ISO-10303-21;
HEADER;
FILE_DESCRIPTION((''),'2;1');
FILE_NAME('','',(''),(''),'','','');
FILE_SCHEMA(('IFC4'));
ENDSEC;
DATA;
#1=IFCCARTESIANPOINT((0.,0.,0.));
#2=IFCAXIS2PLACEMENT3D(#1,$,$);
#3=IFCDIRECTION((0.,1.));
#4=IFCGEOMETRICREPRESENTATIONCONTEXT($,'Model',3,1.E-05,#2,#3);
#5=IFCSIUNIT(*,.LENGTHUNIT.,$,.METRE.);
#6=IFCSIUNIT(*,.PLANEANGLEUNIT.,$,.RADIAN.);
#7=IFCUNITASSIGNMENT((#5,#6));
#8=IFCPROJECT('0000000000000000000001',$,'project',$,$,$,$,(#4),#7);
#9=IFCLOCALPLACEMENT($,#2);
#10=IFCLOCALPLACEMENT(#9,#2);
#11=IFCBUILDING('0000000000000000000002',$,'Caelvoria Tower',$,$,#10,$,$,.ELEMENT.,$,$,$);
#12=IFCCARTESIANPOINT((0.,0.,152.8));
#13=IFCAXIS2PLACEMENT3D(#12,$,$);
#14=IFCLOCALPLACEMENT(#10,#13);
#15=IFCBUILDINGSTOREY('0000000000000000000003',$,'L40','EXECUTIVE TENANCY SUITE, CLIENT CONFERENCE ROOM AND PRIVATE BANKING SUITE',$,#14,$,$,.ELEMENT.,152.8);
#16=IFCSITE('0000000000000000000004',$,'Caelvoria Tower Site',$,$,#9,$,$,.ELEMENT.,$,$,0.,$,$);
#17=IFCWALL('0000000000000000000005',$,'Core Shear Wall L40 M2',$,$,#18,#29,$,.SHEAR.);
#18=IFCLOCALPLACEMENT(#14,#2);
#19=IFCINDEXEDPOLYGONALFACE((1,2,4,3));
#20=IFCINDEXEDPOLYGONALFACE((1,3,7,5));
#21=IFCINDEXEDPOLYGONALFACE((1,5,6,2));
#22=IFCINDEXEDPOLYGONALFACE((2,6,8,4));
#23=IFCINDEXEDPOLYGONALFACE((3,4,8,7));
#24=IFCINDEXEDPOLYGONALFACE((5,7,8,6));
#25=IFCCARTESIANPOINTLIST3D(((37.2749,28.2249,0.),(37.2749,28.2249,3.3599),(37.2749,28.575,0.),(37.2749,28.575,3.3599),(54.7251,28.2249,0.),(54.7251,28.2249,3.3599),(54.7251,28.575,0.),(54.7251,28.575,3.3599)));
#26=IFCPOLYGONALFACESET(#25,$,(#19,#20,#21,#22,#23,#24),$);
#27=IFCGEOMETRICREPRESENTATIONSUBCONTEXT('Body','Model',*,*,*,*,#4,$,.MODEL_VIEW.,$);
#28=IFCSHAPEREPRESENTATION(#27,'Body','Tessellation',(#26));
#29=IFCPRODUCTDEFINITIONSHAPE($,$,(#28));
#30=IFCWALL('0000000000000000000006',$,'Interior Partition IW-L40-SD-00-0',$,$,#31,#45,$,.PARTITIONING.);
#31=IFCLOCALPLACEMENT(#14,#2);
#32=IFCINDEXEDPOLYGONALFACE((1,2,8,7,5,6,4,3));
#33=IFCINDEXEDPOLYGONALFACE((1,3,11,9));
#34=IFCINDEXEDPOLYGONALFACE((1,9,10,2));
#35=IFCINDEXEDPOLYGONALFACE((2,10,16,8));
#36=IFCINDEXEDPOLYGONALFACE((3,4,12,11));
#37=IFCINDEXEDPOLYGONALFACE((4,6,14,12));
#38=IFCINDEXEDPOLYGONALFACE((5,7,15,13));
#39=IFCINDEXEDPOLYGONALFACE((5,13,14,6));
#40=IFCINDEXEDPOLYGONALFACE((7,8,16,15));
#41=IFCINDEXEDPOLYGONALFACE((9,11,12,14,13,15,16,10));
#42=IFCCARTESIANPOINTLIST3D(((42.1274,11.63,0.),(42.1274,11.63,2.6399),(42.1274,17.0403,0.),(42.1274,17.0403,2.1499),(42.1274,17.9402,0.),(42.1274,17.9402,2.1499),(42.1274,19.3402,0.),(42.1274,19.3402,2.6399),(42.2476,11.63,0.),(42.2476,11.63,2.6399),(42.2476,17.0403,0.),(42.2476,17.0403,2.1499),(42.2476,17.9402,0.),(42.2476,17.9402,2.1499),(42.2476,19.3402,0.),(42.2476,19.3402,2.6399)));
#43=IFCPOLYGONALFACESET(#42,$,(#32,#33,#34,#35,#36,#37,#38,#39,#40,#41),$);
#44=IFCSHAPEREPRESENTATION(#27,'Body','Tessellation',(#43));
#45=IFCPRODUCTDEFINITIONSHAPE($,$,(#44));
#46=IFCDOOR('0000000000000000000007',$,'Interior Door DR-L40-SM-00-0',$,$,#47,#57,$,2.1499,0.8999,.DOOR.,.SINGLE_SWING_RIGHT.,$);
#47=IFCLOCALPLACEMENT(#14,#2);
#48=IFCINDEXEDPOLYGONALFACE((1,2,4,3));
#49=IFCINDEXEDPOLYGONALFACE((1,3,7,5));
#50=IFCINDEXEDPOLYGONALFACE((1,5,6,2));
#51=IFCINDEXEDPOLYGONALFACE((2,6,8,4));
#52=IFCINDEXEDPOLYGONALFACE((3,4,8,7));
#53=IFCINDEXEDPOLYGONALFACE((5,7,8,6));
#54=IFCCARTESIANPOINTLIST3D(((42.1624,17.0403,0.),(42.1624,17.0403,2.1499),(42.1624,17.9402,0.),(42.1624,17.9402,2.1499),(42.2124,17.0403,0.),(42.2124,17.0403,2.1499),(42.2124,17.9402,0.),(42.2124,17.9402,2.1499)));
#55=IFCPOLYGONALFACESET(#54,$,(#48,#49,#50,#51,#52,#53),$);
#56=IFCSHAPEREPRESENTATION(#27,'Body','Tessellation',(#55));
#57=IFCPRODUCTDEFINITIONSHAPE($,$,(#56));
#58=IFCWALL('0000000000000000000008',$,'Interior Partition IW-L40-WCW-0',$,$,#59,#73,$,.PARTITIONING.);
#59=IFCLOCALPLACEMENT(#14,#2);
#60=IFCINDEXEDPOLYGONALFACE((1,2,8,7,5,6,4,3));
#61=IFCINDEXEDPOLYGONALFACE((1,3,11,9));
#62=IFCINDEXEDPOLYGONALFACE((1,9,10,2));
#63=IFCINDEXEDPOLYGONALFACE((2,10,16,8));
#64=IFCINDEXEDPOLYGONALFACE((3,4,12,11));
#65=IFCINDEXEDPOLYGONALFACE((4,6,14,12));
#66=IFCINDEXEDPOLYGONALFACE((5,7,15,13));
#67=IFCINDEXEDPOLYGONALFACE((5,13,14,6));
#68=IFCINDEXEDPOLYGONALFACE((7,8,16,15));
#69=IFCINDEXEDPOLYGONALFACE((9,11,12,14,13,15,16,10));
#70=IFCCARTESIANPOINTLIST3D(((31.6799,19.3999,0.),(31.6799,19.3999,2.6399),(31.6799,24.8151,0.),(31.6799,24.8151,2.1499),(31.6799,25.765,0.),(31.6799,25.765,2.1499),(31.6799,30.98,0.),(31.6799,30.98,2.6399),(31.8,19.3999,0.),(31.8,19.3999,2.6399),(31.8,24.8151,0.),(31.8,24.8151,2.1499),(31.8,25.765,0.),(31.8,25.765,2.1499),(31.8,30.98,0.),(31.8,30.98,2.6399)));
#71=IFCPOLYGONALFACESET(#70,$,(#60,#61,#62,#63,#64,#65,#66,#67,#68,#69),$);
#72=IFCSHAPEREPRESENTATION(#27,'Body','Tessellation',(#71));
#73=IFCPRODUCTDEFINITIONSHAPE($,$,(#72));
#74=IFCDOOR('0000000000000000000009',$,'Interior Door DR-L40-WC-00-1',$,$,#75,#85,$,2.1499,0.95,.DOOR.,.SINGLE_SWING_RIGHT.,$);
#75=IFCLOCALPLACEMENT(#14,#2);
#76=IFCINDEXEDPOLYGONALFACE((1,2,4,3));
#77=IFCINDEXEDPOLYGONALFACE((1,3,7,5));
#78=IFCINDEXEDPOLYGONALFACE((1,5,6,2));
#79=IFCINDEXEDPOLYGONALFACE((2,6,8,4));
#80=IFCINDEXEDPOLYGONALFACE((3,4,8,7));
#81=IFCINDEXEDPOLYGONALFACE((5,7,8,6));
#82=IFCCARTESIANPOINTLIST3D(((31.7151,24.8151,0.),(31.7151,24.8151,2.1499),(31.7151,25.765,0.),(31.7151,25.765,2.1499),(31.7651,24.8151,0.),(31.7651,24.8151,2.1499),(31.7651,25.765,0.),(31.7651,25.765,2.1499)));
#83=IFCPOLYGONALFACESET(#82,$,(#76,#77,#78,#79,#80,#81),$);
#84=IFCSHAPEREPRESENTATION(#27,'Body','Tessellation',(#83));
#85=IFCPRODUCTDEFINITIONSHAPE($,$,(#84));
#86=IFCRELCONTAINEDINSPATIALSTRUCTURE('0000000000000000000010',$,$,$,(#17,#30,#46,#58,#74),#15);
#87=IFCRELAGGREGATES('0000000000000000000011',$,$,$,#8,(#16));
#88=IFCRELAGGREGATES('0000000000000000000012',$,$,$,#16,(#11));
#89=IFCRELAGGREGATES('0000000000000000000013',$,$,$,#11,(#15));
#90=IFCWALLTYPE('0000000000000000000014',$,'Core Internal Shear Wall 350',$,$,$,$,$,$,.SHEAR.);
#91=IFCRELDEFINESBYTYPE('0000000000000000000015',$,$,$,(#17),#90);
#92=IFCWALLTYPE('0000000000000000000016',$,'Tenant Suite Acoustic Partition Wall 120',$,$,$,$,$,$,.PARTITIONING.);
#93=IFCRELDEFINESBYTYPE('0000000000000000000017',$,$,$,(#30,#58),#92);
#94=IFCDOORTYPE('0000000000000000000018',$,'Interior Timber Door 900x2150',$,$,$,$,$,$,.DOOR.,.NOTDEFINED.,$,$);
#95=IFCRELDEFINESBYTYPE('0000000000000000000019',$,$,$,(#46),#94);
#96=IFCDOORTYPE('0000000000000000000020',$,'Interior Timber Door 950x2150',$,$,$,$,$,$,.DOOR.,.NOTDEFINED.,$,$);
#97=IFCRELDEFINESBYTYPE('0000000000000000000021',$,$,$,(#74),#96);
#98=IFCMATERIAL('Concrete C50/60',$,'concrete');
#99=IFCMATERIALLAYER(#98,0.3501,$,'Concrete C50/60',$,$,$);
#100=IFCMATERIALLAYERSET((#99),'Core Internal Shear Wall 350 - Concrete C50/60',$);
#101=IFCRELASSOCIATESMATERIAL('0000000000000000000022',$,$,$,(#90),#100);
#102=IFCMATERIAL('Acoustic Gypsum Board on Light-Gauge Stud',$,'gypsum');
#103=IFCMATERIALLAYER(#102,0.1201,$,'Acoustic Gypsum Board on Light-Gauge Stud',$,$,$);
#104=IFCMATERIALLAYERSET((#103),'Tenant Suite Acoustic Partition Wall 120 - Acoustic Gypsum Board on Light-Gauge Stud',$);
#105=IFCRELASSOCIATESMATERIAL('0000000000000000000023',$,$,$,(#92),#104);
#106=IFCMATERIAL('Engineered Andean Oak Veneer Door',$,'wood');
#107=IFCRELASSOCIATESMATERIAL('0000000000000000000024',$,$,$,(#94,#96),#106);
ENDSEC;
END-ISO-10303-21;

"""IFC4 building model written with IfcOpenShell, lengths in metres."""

from ifc_helpers import new_model, si_unit, direction, frame, frame_2d, origin, place, context, subcontext, project, spatial, rectangle, extrude, material, layer, layer_set, type_object, element, fill, save


model = new_model("IFC4")

# Units and contexts
model_context = context("Model", 3, precision=1e-05, world=origin(), true_north=direction((0.0, 1.0)))
body_context = subcontext(model_context, "Body", "Model", "MODEL_VIEW")
ifc_project = project(units=[si_unit("LENGTHUNIT", "METRE"), si_unit("PLANEANGLEUNIT", "RADIAN")], contexts=[model_context])

# Site, building, storey
site_placement = place(None, origin())
site = spatial("IfcSite", under=ifc_project, at=site_placement, Name="Caelvoria Tower Site", CompositionType="ELEMENT", RefElevation=0.0)
building_placement = place(site_placement, origin())
building = spatial("IfcBuilding", under=site, at=building_placement, Name="Caelvoria Tower", CompositionType="ELEMENT")
storey_placement = place(building_placement, frame((0.0, 0.0, 152.8)))
storey = spatial("IfcBuildingStorey", under=building, at=storey_placement, Name="L40", Description="EXECUTIVE TENANCY SUITE, CLIENT CONFERENCE ROOM AND PRIVATE BANKING SUITE", CompositionType="ELEMENT", Elevation=152.8)

# Shared definitions
ifc_material_1 = material(Name="Concrete C50/60", Category="concrete")
ifc_layer_1 = layer(ifc_material_1, 0.3501, Name="Concrete C50/60")
ifc_layer_set_1 = layer_set([ifc_layer_1], Name="Core Internal Shear Wall 350 - Concrete C50/60")
wall_type_1 = type_object("IfcWallType", Name="Core Internal Shear Wall 350", PredefinedType="SHEAR", material=ifc_layer_set_1)

# Wall
wall_1_placement = place(storey_placement, frame((37.2749, 28.3999, 0.0), z_axis=(0.0, 0.0, 1.0), x_axis=(1.0, 0.0, 0.0)))
element("IfcWall", 1, at=wall_1_placement, inside=storey, type_object=wall_type_1, Name="Core Shear Wall L40 M2", PredefinedType="SHEAR", context=body_context, shape_type="SweptSolid", body=[
    extrude(rectangle(XDim=17.4502, YDim=0.3501, at=frame_2d((8.7251, 0.0))), origin(), (0.0, 0.0, 1.0), 3.3599),
])

# Walls, openings, doors
ifc_material_2 = material(Name="Acoustic Gypsum Board on Light-Gauge Stud", Category="gypsum")
ifc_layer_2 = layer(ifc_material_2, 0.1201, Name="Acoustic Gypsum Board on Light-Gauge Stud")
ifc_layer_set_2 = layer_set([ifc_layer_2], Name="Tenant Suite Acoustic Partition Wall 120 - Acoustic Gypsum Board on Light-Gauge Stud")
wall_type_2 = type_object("IfcWallType", Name="Tenant Suite Acoustic Partition Wall 120", PredefinedType="PARTITIONING", material=ifc_layer_set_2)
wall_2_placement = place(storey_placement, frame((42.1875, 19.3401, 0.0), z_axis=(0.0, 0.0, 1.0), x_axis=(0.0, -1.0, 0.0)))
wall_2 = element("IfcWall", 2, at=wall_2_placement, inside=storey, type_object=wall_type_2, Name="Interior Partition IW-L40-SD-00-0", PredefinedType="PARTITIONING", context=body_context, shape_type="SweptSolid", body=[
    extrude(rectangle(XDim=7.7102, YDim=0.1201, at=frame_2d((3.855, 0.0))), origin(), (0.0, 0.0, 1.0), 2.6399),
])
opening_1_placement = place(wall_2_placement, frame((1.3999, 0.0, 0.0)))
opening_1 = element("IfcOpeningElement", 3, at=opening_1_placement, cuts=wall_2, PredefinedType="OPENING", context=body_context, shape_type="SweptSolid", body=[
    extrude(rectangle(XDim=0.8999, YDim=2.1499, at=frame_2d((0.45, 1.075))), frame((0.0, 0.0701, 0.0), z_axis=(0.0, -1.0, 0.0), x_axis=(1.0, 0.0, 0.0)), (0.0, 0.0, 1.0), 0.1401),
])
ifc_material_3 = material(Name="Engineered Andean Oak Veneer Door", Category="wood")
door_type_1 = type_object("IfcDoorType", Name="Interior Timber Door 900x2150", OperationType="NOTDEFINED", PredefinedType="DOOR", material=ifc_material_3)
door_1_placement = place(opening_1_placement, origin())
door_1 = element("IfcDoor", 4, at=door_1_placement, inside=storey, type_object=door_type_1, Name="Interior Door DR-L40-SM-00-0", OperationType="SINGLE_SWING_RIGHT", OverallHeight=2.1499, OverallWidth=0.8999, PredefinedType="DOOR", context=body_context, shape_type="SweptSolid", body=[
    extrude(rectangle(XDim=0.8999, YDim=2.1499, at=frame_2d((0.45, 1.075))), frame((0.0, 0.0249, 0.0), z_axis=(0.0, -1.0, 0.0), x_axis=(1.0, 0.0, 0.0)), (0.0, 0.0, 1.0), 0.05),
])
fill(opening_1, door_1)
wall_3_placement = place(storey_placement, frame((31.74, 19.3999, 0.0), z_axis=(0.0, 0.0, 1.0), x_axis=(0.0, 1.0, 0.0)))
wall_3 = element("IfcWall", 5, at=wall_3_placement, inside=storey, type_object=wall_type_2, Name="Interior Partition IW-L40-WCW-0", PredefinedType="PARTITIONING", context=body_context, shape_type="SweptSolid", body=[
    extrude(rectangle(XDim=11.5801, YDim=0.1201, at=frame_2d((5.79, 0.0))), origin(), (0.0, 0.0, 1.0), 2.6399),
])
opening_2_placement = place(wall_3_placement, frame((5.415, 0.0, 0.0)))
opening_2 = element("IfcOpeningElement", 6, at=opening_2_placement, cuts=wall_3, PredefinedType="OPENING", context=body_context, shape_type="SweptSolid", body=[
    extrude(rectangle(XDim=0.95, YDim=2.1499, at=frame_2d((0.4751, 1.075))), frame((0.0, 0.0701, 0.0), z_axis=(0.0, -1.0, 0.0), x_axis=(1.0, 0.0, 0.0)), (0.0, 0.0, 1.0), 0.1401),
])
door_type_2 = type_object("IfcDoorType", Name="Interior Timber Door 950x2150", OperationType="NOTDEFINED", PredefinedType="DOOR", material=ifc_material_3)
door_2_placement = place(opening_2_placement, origin())
door_2 = element("IfcDoor", 7, at=door_2_placement, inside=storey, type_object=door_type_2, Name="Interior Door DR-L40-WC-00-1", OperationType="SINGLE_SWING_RIGHT", OverallHeight=2.1499, OverallWidth=0.95, PredefinedType="DOOR", context=body_context, shape_type="SweptSolid", body=[
    extrude(rectangle(XDim=0.95, YDim=2.1499, at=frame_2d((0.4751, 1.075))), frame((0.0, 0.0249, 0.0), z_axis=(0.0, -1.0, 0.0), x_axis=(1.0, 0.0, 0.0)), (0.0, 0.0, 1.0), 0.05),
])
fill(opening_2, door_2)

save(model, "model.ifc")
